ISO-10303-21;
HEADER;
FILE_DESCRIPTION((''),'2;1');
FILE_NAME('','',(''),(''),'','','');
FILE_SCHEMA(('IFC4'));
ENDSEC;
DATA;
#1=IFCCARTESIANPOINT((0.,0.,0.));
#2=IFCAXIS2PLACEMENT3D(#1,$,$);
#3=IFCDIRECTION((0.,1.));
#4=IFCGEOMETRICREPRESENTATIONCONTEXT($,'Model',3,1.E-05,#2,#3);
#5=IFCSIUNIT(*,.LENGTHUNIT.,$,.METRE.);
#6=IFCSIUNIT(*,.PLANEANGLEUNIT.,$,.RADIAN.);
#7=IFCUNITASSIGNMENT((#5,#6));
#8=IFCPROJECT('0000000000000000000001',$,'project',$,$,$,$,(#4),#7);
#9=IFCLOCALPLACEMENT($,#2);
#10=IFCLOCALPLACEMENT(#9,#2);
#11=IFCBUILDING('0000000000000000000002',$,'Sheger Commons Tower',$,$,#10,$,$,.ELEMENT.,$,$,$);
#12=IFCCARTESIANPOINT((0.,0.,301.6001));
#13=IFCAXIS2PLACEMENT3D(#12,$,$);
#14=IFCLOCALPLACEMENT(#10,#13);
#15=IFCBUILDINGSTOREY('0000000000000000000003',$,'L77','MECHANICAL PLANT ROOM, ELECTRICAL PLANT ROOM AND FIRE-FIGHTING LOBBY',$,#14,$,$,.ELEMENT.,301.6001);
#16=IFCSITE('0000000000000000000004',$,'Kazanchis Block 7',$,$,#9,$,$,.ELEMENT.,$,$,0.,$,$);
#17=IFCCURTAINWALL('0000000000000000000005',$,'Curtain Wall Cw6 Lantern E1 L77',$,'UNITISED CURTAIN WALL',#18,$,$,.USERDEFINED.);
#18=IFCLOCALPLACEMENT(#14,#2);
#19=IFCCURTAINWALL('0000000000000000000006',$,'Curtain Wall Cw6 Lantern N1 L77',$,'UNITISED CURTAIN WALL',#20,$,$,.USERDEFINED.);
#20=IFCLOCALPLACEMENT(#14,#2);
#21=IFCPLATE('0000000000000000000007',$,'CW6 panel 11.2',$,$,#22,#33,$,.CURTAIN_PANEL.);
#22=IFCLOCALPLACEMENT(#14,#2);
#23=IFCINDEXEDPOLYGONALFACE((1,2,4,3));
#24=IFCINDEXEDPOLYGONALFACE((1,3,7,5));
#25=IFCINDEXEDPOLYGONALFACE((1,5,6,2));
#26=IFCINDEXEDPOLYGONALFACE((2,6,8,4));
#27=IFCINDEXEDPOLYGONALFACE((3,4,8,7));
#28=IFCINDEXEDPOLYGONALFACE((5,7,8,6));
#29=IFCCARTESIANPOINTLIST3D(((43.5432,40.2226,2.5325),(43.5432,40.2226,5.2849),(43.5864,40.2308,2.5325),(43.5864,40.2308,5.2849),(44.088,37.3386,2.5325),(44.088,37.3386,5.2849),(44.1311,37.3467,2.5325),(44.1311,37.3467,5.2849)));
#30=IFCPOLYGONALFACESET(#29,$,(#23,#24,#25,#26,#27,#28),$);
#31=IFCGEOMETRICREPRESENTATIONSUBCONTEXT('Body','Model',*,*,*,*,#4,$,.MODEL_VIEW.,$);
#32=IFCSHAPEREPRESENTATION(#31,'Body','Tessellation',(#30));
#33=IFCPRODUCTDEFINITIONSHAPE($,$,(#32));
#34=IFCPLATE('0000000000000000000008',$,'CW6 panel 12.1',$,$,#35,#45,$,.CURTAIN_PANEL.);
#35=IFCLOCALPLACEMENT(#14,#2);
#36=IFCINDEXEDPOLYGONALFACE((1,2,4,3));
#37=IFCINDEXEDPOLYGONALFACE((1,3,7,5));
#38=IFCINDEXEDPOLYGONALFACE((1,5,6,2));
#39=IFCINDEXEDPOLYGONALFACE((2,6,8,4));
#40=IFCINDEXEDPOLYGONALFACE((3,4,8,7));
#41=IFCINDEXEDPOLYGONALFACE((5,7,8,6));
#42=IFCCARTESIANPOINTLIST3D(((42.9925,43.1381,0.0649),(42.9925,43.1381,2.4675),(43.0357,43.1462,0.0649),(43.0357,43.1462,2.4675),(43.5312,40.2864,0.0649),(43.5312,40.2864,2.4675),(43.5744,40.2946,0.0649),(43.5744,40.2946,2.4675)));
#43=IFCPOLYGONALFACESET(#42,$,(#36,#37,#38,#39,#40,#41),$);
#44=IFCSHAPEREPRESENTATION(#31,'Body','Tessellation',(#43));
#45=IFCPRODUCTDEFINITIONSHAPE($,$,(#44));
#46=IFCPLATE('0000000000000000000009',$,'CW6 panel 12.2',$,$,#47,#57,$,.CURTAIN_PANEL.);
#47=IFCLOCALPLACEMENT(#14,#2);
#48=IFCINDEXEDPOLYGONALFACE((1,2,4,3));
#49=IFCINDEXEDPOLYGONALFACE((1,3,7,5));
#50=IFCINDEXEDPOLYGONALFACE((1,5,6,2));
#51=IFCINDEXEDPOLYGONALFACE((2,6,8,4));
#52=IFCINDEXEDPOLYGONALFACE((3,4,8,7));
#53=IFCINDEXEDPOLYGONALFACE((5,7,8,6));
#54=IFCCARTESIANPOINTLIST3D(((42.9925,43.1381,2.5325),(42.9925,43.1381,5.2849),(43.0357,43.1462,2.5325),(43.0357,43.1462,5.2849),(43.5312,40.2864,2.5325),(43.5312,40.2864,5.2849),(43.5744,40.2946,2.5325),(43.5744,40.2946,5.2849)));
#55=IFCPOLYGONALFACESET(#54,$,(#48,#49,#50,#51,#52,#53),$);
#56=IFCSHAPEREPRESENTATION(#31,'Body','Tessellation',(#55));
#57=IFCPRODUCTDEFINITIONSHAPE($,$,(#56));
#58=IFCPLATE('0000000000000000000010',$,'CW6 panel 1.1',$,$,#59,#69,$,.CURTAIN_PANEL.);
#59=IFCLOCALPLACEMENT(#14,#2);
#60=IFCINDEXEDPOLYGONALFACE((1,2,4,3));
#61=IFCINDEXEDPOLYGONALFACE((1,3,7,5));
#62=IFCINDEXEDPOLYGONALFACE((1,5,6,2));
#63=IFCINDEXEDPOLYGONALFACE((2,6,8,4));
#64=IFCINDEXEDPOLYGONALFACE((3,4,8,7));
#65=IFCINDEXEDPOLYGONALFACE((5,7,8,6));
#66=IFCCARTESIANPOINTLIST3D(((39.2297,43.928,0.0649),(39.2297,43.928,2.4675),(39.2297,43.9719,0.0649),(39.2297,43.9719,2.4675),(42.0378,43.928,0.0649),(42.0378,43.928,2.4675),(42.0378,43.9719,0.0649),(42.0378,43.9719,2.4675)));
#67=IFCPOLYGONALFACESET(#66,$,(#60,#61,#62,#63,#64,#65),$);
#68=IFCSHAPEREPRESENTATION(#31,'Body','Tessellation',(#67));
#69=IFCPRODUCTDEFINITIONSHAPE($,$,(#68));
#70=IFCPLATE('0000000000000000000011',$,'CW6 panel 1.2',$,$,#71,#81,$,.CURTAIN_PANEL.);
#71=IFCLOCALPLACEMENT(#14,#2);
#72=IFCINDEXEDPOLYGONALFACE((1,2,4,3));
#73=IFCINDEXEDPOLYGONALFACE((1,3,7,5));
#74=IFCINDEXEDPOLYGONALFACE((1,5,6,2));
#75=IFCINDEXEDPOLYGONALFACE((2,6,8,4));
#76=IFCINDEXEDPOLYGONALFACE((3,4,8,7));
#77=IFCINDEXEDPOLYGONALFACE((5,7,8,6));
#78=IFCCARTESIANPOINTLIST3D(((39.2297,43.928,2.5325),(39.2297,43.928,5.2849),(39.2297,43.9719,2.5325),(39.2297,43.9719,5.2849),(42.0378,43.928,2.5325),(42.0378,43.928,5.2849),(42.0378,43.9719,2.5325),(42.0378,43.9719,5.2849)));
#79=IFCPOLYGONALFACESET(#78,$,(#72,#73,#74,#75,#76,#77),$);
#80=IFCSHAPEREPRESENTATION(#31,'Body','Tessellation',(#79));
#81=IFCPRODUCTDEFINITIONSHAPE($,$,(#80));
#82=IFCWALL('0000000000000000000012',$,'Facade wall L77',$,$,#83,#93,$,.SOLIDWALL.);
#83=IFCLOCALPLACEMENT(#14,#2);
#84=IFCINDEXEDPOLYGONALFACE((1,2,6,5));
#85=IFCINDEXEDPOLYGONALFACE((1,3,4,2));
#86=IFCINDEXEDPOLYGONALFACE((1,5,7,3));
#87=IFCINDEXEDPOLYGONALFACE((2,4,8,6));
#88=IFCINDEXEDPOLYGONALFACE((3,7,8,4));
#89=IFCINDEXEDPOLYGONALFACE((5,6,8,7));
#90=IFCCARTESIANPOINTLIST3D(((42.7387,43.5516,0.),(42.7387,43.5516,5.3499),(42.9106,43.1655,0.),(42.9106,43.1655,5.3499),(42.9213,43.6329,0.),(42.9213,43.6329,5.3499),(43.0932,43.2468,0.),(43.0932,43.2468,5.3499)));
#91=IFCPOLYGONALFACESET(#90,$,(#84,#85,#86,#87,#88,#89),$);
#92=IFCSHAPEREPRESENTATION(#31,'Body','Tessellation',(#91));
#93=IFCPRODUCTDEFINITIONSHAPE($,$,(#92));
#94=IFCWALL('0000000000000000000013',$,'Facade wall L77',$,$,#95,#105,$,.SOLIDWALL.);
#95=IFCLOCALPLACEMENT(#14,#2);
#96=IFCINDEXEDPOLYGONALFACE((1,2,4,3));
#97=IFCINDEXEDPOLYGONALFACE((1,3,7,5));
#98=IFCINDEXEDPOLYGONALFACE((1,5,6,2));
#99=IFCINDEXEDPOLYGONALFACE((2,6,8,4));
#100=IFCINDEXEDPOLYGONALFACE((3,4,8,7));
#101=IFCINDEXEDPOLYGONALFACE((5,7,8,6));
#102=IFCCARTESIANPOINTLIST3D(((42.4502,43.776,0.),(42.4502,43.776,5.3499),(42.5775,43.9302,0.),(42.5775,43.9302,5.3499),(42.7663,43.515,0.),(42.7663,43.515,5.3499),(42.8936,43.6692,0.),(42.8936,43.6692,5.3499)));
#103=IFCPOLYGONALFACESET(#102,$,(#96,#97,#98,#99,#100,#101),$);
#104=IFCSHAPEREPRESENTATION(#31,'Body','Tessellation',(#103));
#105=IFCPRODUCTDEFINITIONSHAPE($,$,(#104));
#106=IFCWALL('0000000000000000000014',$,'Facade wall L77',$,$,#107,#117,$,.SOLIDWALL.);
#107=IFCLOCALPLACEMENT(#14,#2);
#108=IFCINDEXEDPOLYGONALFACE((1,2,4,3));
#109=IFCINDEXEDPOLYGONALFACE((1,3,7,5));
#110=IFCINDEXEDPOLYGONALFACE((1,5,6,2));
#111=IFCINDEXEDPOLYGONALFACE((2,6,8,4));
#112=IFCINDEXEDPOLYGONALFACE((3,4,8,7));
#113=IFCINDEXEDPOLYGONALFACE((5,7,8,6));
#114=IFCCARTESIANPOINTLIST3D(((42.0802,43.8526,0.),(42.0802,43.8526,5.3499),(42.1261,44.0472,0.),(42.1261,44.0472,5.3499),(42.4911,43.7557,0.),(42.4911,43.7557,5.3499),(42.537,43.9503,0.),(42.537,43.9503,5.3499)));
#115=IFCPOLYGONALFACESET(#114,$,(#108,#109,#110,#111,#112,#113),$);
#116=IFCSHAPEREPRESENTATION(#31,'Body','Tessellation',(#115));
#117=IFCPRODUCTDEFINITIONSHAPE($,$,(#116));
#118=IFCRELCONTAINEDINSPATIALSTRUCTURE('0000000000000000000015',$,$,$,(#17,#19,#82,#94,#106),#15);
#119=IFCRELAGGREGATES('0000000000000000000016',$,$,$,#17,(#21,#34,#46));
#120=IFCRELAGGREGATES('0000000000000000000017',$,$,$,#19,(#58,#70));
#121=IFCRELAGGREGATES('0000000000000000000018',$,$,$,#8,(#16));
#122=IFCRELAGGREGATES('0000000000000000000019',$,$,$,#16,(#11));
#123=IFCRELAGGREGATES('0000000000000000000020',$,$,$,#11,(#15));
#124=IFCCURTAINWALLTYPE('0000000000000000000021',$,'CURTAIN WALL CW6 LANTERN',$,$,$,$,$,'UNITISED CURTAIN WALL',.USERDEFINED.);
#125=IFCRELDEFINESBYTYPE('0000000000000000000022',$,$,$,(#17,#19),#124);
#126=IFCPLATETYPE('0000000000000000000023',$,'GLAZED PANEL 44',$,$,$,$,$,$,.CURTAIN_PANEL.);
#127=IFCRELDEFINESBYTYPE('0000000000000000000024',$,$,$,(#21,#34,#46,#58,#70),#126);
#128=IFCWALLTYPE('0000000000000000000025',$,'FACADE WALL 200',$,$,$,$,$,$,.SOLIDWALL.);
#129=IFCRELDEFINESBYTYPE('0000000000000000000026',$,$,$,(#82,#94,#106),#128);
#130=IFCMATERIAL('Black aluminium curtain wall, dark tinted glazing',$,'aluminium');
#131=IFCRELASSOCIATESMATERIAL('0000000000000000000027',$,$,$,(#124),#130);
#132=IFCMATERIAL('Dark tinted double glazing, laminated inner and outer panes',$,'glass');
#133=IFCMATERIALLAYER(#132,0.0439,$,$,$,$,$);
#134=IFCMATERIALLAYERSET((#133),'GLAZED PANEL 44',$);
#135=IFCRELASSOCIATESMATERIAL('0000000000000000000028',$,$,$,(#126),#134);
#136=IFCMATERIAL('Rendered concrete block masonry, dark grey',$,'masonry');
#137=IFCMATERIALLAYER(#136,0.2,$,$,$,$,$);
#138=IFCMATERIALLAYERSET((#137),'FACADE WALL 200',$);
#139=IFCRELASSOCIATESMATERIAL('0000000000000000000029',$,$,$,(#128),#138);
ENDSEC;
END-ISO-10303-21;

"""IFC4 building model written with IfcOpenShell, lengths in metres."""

from ifc_helpers import new_model, si_unit, direction, frame, frame_2d, origin, origin_2d, place, context, subcontext, project, spatial, rectangle, extrude, material, layer, layer_set, type_object, element, aggregate, save


model = new_model("IFC4")

# Units and contexts
model_context = context("Model", 3, precision=1e-05, world=origin(), true_north=direction((0.0, 1.0)))
body_context = subcontext(model_context, "Body", "Model", "MODEL_VIEW")
ifc_project = project(units=[si_unit("LENGTHUNIT", "METRE"), si_unit("PLANEANGLEUNIT", "RADIAN")], contexts=[model_context])

# Site, building, storey
site_placement = place(None, origin())
site = spatial("IfcSite", under=ifc_project, at=site_placement, Name="Kazanchis Block 7", CompositionType="ELEMENT", RefElevation=0.0)
building_placement = place(site_placement, origin())
building = spatial("IfcBuilding", under=site, at=building_placement, Name="Sheger Commons Tower", CompositionType="ELEMENT")
storey_placement = place(building_placement, frame((0.0, 0.0, 301.6001)))
storey = spatial("IfcBuildingStorey", under=building, at=storey_placement, Name="L77", Description="MECHANICAL PLANT ROOM, ELECTRICAL PLANT ROOM AND FIRE-FIGHTING LOBBY", CompositionType="ELEMENT", Elevation=301.6001)

# Curtain wall
ifc_material_1 = material(Name="Black aluminium curtain wall, dark tinted glazing", Category="aluminium")
curtain_wall_type = type_object("IfcCurtainWallType", Name="CURTAIN WALL CW6 LANTERN", ElementType="UNITISED CURTAIN WALL", PredefinedType="USERDEFINED", material=ifc_material_1)
curtain_wall_1_placement = place(storey_placement, origin())
curtain_wall_1 = element("IfcCurtainWall", 1, at=curtain_wall_1_placement, inside=storey, type_object=curtain_wall_type, Name="Curtain Wall Cw6 Lantern E1 L77", ObjectType="UNITISED CURTAIN WALL", PredefinedType="USERDEFINED")

# Curtain wall
curtain_wall_2_placement = place(storey_placement, origin())
curtain_wall_2 = element("IfcCurtainWall", 2, at=curtain_wall_2_placement, inside=storey, type_object=curtain_wall_type, Name="Curtain Wall Cw6 Lantern N1 L77", ObjectType="UNITISED CURTAIN WALL", PredefinedType="USERDEFINED")

# Plates
ifc_material_2 = material(Name="Dark tinted double glazing, laminated inner and outer panes", Category="glass")
ifc_layer_1 = layer(ifc_material_2, 0.0439)
ifc_layer_set_1 = layer_set([ifc_layer_1], Name="GLAZED PANEL 44")
plate_type = type_object("IfcPlateType", Name="GLAZED PANEL 44", PredefinedType="CURTAIN_PANEL", material=ifc_layer_set_1)
plate_1_placement = place(storey_placement, frame((43.8372, 38.7847, 2.5325), z_axis=(0.0, 0.0, 1.0), x_axis=(-0.185613, 0.982623, 0.0)))
plate_1 = element("IfcPlate", 3, at=plate_1_placement, type_object=plate_type, Name="CW6 panel 11.2", PredefinedType="CURTAIN_PANEL", context=body_context, shape_type="SweptSolid", body=[
    extrude(rectangle(XDim=2.9351, YDim=0.0439, at=origin_2d()), origin(), (0.0, 0.0, 1.0), 2.7524),
])
plate_2_placement = place(storey_placement, frame((43.2834, 41.7163, 0.0649), z_axis=(0.0, 0.0, 1.0), x_axis=(-0.185613, 0.982623, 0.0)))
plate_2 = element("IfcPlate", 4, at=plate_2_placement, type_object=plate_type, Name="CW6 panel 12.1", PredefinedType="CURTAIN_PANEL", context=body_context, shape_type="SweptSolid", body=[
    extrude(rectangle(XDim=2.9021, YDim=0.0439, at=origin_2d()), origin(), (0.0, 0.0, 1.0), 2.4026),
])
plate_3_placement = place(storey_placement, frame((43.2834, 41.7163, 2.5325), z_axis=(0.0, 0.0, 1.0), x_axis=(-0.185613, 0.982623, 0.0)))
plate_3 = element("IfcPlate", 5, at=plate_3_placement, type_object=plate_type, Name="CW6 panel 12.2", PredefinedType="CURTAIN_PANEL", context=body_context, shape_type="SweptSolid", body=[
    extrude(rectangle(XDim=2.9021, YDim=0.0439, at=origin_2d()), origin(), (0.0, 0.0, 1.0), 2.7524),
])
aggregate(curtain_wall_1, [plate_1, plate_2, plate_3])
plate_4_placement = place(storey_placement, frame((40.6338, 43.95, 0.0649), z_axis=(0.0, 0.0, 1.0), x_axis=(-1.0, 0.0, 0.0)))
plate_4 = element("IfcPlate", 6, at=plate_4_placement, type_object=plate_type, Name="CW6 panel 1.1", PredefinedType="CURTAIN_PANEL", context=body_context, shape_type="SweptSolid", body=[
    extrude(rectangle(XDim=2.8081, YDim=0.0439, at=origin_2d()), origin(), (0.0, 0.0, 1.0), 2.4026),
])
plate_5_placement = place(storey_placement, frame((40.6338, 43.95, 2.5325), z_axis=(0.0, 0.0, 1.0), x_axis=(-1.0, 0.0, 0.0)))
plate_5 = element("IfcPlate", 7, at=plate_5_placement, type_object=plate_type, Name="CW6 panel 1.2", PredefinedType="CURTAIN_PANEL", context=body_context, shape_type="SweptSolid", body=[
    extrude(rectangle(XDim=2.8081, YDim=0.0439, at=origin_2d()), origin(), (0.0, 0.0, 1.0), 2.7524),
])
aggregate(curtain_wall_2, [plate_4, plate_5])

# Walls
ifc_material_3 = material(Name="Rendered concrete block masonry, dark grey", Category="masonry")
ifc_layer_2 = layer(ifc_material_3, 0.2)
ifc_layer_set_2 = layer_set([ifc_layer_2], Name="FACADE WALL 200")
wall_type = type_object("IfcWallType", Name="FACADE WALL 200", PredefinedType="SOLIDWALL", material=ifc_layer_set_2)
wall_1_placement = place(storey_placement, frame((43.002, 43.2061, 0.0), z_axis=(0.0, 0.0, 1.0), x_axis=(-0.406782, 0.913525, 0.0)))
element("IfcWall", 8, at=wall_1_placement, inside=storey, type_object=wall_type, Name="Facade wall L77", PredefinedType="SOLIDWALL", context=body_context, shape_type="SweptSolid", body=[
    extrude(rectangle(XDim=0.4226, YDim=0.2, at=frame_2d((0.2114, 0.0))), origin(), (0.0, 0.0, 1.0), 5.3499),
])
wall_2_placement = place(storey_placement, frame((42.8301, 43.592, 0.0), z_axis=(0.0, 0.0, 1.0), x_axis=(-0.771191, 0.636604, 0.0)))
element("IfcWall", 9, at=wall_2_placement, inside=storey, type_object=wall_type, Name="Facade wall L77", PredefinedType="SOLIDWALL", context=body_context, shape_type="SweptSolid", body=[
    extrude(rectangle(XDim=0.4099, YDim=0.2, at=frame_2d((0.2051, 0.0))), origin(), (0.0, 0.0, 1.0), 5.3499),
])
wall_3_placement = place(storey_placement, frame((42.5139, 43.853, 0.0), z_axis=(0.0, 0.0, 1.0), x_axis=(-0.973288, 0.229587, 0.0)))
element("IfcWall", 10, at=wall_3_placement, inside=storey, type_object=wall_type, Name="Facade wall L77", PredefinedType="SOLIDWALL", context=body_context, shape_type="SweptSolid", body=[
    extrude(rectangle(XDim=0.4221, YDim=0.2, at=frame_2d((0.2109, 0.0))), origin(), (0.0, 0.0, 1.0), 5.3499),
])

save(model, "model.ifc")
